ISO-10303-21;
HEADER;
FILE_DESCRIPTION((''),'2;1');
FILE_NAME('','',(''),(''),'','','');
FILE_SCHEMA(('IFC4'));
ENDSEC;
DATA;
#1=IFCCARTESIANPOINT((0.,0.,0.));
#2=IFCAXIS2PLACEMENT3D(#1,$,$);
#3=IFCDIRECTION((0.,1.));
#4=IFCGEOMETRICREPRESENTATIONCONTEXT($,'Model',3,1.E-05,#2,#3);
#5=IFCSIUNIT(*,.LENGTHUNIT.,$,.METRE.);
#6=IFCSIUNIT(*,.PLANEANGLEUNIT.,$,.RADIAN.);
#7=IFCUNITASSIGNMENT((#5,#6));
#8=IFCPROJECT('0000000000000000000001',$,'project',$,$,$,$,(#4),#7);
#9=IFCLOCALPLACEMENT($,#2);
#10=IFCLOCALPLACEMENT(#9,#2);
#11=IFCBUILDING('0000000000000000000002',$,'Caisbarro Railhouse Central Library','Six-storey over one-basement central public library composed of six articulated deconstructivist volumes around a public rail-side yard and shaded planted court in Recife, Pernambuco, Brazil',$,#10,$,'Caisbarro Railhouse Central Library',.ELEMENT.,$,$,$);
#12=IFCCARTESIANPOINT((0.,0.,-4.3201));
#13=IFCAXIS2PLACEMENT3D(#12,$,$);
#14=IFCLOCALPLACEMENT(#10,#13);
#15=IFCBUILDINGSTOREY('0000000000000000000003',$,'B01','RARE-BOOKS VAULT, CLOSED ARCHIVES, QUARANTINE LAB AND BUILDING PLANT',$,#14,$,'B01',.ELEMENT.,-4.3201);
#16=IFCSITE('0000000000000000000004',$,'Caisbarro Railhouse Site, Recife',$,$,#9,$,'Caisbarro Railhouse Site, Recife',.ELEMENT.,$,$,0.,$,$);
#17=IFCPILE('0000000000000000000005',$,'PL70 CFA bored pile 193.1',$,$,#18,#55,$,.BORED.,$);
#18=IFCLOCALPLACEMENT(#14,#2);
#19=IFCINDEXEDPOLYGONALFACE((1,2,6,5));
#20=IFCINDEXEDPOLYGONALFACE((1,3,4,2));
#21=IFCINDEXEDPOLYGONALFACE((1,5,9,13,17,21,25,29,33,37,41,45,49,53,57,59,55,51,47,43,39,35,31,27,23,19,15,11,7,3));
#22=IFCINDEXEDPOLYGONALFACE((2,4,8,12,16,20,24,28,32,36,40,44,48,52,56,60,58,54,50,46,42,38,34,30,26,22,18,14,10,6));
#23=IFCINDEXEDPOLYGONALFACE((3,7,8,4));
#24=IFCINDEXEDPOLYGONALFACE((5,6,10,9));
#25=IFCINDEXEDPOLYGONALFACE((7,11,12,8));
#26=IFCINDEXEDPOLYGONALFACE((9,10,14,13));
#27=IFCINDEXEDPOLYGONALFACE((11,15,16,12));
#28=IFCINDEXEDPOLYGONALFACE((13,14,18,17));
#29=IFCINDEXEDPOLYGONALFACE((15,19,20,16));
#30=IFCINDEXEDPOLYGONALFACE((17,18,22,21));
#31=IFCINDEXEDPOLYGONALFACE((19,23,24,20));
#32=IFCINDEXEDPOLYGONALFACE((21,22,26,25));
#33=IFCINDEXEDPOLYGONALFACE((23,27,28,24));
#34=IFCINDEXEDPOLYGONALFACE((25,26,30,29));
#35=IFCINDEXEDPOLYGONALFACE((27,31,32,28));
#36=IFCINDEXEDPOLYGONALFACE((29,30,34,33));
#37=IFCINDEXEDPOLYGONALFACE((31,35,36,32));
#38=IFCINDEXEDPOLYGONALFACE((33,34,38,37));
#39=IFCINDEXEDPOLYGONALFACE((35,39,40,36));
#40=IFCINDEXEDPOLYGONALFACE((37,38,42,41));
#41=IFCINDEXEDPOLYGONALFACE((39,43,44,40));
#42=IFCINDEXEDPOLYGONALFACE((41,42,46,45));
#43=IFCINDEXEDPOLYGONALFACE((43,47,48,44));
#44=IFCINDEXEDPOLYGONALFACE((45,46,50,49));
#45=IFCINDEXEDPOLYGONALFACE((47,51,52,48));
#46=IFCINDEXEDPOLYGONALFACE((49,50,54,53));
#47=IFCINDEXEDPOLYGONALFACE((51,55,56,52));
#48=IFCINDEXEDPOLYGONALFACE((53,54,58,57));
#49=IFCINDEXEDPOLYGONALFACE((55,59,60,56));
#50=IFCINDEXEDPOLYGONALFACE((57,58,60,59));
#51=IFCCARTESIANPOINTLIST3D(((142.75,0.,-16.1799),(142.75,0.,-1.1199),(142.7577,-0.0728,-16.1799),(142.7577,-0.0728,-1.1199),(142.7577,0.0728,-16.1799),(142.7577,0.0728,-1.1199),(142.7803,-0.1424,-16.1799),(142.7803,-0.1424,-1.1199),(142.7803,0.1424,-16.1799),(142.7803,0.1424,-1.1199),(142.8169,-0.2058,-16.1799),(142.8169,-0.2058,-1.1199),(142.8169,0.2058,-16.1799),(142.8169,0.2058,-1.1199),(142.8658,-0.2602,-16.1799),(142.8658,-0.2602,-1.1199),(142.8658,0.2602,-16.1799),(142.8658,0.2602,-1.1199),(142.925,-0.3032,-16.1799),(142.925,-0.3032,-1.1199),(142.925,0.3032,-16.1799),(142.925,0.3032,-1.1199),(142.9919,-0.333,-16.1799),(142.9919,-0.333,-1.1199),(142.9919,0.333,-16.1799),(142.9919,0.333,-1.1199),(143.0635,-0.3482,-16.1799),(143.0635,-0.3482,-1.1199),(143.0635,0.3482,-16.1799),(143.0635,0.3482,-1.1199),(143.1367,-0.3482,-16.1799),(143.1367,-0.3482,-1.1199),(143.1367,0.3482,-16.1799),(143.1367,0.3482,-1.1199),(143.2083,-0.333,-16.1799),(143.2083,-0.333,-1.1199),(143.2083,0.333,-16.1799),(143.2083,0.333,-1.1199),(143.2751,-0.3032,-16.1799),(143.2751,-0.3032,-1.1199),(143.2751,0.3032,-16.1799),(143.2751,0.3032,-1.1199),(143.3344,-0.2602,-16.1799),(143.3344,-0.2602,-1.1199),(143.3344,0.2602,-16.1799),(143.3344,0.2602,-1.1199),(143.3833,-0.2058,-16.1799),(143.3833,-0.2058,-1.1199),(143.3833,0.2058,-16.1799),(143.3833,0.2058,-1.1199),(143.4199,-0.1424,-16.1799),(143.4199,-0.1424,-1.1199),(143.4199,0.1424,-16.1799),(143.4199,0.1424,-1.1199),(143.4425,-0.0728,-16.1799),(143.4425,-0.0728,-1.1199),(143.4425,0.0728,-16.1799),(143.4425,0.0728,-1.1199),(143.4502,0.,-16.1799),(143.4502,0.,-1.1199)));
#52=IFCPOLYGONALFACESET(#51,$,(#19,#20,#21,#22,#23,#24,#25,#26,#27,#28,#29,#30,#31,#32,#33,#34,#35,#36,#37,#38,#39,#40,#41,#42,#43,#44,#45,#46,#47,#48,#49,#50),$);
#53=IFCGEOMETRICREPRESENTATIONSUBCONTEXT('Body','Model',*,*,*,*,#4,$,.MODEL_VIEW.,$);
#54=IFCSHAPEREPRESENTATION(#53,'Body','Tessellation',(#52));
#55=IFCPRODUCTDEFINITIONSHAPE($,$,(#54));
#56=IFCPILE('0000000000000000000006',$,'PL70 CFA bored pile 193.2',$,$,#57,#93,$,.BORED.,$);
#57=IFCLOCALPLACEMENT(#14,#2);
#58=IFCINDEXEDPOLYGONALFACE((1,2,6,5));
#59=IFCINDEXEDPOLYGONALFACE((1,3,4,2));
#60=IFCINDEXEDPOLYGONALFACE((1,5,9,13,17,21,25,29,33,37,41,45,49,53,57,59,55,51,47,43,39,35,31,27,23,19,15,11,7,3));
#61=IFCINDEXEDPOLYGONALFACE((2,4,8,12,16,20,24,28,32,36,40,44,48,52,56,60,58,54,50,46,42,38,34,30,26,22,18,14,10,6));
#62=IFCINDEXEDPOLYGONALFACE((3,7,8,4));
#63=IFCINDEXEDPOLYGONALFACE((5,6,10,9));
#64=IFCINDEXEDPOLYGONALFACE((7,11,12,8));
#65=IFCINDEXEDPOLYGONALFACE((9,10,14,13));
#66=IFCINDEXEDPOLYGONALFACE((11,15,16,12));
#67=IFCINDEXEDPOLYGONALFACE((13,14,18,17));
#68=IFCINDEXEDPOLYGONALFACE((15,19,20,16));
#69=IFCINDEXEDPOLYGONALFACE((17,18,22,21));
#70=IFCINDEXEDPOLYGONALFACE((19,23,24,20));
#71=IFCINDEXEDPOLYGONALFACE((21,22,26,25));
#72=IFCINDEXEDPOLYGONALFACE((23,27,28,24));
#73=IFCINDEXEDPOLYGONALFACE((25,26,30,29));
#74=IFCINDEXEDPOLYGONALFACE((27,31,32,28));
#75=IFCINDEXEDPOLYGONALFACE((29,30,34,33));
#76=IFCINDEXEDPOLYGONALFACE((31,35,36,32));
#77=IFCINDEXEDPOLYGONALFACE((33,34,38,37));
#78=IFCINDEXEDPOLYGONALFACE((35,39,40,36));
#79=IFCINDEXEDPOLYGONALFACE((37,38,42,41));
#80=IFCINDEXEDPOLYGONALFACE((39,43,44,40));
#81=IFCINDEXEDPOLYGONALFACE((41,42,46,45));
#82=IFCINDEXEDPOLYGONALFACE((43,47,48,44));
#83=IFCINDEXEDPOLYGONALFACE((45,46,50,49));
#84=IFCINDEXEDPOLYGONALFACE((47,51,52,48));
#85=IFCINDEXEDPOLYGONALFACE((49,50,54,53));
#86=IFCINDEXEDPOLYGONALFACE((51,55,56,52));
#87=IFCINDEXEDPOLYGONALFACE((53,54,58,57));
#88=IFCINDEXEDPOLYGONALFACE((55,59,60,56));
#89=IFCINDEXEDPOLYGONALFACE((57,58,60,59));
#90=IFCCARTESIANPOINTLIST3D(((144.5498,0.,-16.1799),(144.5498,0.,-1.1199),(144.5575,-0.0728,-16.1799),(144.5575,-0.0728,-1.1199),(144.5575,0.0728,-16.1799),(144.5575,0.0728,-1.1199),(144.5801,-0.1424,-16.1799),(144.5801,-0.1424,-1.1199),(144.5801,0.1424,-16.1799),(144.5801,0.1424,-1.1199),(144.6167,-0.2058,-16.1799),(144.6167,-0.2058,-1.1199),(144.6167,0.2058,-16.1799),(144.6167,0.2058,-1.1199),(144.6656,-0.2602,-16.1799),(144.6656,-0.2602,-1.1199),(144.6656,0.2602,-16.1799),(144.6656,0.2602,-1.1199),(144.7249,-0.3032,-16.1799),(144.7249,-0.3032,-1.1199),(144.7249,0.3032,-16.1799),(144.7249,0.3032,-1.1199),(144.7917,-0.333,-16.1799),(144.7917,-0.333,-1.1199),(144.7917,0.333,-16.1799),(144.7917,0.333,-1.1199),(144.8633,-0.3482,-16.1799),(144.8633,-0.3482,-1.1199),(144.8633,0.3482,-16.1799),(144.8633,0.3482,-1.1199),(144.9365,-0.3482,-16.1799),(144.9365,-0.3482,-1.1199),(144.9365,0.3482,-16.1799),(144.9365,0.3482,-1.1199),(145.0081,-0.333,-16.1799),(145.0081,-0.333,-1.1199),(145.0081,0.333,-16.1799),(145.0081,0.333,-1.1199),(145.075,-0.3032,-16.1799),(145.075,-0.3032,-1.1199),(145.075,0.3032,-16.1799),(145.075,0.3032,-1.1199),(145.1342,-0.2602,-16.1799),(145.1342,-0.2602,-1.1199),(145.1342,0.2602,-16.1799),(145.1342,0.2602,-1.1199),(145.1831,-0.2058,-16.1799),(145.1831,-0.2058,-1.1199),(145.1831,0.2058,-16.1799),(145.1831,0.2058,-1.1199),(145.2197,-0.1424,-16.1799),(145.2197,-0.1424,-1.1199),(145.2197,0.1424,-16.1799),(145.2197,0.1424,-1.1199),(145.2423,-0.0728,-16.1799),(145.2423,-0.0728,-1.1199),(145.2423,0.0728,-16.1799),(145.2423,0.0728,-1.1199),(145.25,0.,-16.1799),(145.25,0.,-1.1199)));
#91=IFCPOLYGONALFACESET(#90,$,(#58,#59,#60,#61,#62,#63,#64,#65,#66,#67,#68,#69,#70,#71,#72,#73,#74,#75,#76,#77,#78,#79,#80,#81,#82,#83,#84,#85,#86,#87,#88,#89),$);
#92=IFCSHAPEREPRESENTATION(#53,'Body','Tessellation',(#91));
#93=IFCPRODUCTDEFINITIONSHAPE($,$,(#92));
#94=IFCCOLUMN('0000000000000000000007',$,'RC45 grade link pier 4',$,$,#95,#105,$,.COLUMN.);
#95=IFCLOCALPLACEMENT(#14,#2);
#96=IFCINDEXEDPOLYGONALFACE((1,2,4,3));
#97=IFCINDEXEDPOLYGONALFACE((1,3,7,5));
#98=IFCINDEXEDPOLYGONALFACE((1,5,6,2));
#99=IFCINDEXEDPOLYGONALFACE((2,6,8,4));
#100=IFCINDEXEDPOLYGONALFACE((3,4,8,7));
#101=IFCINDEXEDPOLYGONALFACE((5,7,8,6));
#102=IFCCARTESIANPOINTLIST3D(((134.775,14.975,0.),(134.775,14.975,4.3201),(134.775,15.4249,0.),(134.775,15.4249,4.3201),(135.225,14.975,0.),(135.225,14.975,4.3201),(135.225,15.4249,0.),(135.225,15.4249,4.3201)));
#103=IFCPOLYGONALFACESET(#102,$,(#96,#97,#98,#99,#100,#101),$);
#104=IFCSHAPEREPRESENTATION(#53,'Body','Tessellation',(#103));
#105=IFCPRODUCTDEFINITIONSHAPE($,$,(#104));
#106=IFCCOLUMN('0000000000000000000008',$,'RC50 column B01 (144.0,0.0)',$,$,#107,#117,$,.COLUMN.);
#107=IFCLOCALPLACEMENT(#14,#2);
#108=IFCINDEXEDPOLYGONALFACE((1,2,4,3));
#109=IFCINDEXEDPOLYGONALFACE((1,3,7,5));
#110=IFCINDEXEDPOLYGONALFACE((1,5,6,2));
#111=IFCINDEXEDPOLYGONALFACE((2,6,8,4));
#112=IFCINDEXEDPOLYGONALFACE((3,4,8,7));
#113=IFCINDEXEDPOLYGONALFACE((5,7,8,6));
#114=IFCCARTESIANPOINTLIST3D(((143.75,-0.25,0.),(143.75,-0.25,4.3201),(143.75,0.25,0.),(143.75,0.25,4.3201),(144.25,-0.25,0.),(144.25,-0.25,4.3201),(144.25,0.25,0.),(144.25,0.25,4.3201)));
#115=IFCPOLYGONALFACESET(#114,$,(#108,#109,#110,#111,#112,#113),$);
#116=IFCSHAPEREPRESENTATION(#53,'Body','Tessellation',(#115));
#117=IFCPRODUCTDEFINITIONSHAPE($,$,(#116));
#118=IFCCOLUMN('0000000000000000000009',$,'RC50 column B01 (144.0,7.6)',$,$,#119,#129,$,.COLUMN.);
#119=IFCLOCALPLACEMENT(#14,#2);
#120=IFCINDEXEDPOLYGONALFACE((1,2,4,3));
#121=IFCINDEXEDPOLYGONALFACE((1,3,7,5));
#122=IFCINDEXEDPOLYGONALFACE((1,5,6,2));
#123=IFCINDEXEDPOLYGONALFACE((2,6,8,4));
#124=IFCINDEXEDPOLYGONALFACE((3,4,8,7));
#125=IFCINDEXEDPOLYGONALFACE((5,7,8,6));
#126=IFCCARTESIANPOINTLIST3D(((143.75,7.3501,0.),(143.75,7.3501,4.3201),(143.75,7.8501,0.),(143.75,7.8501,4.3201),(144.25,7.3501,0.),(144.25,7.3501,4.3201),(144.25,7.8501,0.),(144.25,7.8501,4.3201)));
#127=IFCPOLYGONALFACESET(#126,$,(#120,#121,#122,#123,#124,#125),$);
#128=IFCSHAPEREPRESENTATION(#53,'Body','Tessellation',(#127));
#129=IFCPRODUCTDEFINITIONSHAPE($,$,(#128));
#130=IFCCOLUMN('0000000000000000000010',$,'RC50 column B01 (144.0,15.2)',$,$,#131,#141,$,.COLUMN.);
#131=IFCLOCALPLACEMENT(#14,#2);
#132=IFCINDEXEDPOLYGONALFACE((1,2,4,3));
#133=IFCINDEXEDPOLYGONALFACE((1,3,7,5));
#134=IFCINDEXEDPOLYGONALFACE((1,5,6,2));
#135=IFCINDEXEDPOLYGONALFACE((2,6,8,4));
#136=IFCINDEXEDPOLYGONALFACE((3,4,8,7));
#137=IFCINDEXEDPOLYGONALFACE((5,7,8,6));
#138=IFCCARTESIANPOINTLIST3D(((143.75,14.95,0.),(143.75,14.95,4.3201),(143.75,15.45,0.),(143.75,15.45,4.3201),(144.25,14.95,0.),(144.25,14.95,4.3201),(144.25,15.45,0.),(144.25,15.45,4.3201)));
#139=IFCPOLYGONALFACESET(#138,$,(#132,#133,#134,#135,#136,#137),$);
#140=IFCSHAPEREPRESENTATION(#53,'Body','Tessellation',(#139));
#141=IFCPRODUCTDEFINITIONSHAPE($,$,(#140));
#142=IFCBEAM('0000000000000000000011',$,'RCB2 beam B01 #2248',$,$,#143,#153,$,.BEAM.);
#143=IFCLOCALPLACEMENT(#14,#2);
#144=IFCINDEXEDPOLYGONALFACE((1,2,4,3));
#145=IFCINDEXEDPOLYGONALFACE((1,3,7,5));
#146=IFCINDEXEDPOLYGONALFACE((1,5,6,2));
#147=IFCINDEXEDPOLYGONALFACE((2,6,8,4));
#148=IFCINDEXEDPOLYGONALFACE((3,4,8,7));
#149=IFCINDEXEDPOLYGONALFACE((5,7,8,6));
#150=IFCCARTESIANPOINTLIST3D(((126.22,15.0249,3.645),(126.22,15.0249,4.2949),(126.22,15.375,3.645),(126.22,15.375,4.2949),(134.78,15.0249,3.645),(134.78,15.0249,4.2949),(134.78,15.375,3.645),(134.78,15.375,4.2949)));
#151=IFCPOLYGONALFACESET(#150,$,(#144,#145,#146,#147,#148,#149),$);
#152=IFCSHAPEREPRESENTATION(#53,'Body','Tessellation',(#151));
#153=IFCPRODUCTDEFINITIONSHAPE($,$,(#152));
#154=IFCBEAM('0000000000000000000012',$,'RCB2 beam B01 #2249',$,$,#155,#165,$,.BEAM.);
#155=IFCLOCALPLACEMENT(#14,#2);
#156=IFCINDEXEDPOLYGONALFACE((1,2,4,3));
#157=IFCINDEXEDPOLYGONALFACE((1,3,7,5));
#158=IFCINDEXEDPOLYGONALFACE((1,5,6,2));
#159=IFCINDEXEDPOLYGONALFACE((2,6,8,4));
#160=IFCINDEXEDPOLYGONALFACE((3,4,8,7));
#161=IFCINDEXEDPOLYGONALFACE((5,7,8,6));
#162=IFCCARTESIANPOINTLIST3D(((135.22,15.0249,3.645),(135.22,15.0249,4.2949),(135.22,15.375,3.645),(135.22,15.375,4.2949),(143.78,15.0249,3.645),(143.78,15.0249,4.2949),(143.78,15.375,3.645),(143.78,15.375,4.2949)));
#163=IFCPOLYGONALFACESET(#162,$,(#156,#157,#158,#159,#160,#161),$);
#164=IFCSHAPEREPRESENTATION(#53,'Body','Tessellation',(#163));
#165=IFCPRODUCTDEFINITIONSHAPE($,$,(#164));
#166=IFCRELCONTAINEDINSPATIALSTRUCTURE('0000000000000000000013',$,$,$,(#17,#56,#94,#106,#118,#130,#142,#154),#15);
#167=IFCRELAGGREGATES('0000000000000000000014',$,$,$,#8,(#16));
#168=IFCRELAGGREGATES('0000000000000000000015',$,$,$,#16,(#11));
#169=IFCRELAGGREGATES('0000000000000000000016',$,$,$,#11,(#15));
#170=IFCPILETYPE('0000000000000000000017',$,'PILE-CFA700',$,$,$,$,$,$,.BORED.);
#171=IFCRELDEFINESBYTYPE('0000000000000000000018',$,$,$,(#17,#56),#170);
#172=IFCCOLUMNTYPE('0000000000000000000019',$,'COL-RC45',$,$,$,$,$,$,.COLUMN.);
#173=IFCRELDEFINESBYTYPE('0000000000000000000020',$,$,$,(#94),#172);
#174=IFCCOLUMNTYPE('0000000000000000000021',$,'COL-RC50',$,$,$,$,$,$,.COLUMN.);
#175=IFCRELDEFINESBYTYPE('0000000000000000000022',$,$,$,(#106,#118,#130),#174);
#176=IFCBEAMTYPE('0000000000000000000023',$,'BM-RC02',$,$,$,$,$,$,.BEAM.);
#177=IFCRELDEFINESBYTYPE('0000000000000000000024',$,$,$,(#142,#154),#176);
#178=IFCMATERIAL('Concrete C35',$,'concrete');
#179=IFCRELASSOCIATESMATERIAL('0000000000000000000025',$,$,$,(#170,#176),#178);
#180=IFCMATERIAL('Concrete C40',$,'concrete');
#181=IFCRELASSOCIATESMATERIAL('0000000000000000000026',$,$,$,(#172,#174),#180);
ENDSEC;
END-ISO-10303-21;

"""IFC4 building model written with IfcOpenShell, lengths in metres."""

from ifc_helpers import new_model, si_unit, direction, frame, origin, origin_2d, place, context, subcontext, project, spatial, rectangle, circle, extrude, material, material_profile, profile_set, type_object, element, save


model = new_model("IFC4")

# Units and contexts
model_context = context("Model", 3, precision=1e-05, world=origin(), true_north=direction((0.0, 1.0)))
body_context = subcontext(model_context, "Body", "Model", "MODEL_VIEW")
ifc_project = project(units=[si_unit("LENGTHUNIT", "METRE"), si_unit("PLANEANGLEUNIT", "RADIAN")], contexts=[model_context])

# Site, building, storey
site_placement = place(None, origin())
site = spatial("IfcSite", under=ifc_project, at=site_placement, Name="Caisbarro Railhouse Site, Recife", LongName="Caisbarro Railhouse Site, Recife", CompositionType="ELEMENT", RefElevation=0.0)
building_placement = place(site_placement, origin())
building = spatial("IfcBuilding", under=site, at=building_placement, Name="Caisbarro Railhouse Central Library", Description="Six-storey over one-basement central public library composed of six articulated deconstructivist volumes around a public rail-side yard and shaded planted court in Recife, Pernambuco, Brazil", LongName="Caisbarro Railhouse Central Library", CompositionType="ELEMENT")
storey_placement = place(building_placement, frame((0.0, 0.0, -4.3201)))
storey = spatial("IfcBuildingStorey", under=building, at=storey_placement, Name="B01", Description="RARE-BOOKS VAULT, CLOSED ARCHIVES, QUARANTINE LAB AND BUILDING PLANT", LongName="B01", CompositionType="ELEMENT", Elevation=-4.3201)

# Shared definitions
ifc_material_1 = material(Name="Concrete C35", Category="concrete")
ifc_material_2 = material(Name="Concrete C40", Category="concrete")

# Piles
ifc_material_profile_1 = material_profile(ifc_material_1, circle(Radius=0.3501, at=origin_2d()), Name="PILE-CFA-700")
ifc_profile_set_1 = profile_set([ifc_material_profile_1], Name="Concrete C35")
pile_type_1 = type_object("IfcPileType", Name="PILE-CFA700", PredefinedType="BORED", material=ifc_profile_set_1)
for number, where, z_axis, x_axis, name in (
    (1, (143.1001, 0.0, -1.1199), (0.0, 0.0, -1.0), (1.0, 0.0, 0.0), "PL70 CFA bored pile 193.1"),
    (2, (144.8999, 0.0, -1.1199), (0.0, 0.0, -1.0), (1.0, 0.0, 0.0), "PL70 CFA bored pile 193.2"),
):
    element("IfcPile", number, at=place(storey_placement, frame(where, z_axis=z_axis, x_axis=x_axis)), inside=storey, type_object=pile_type_1, Name=name, PredefinedType="BORED", context=body_context, shape_type="SweptSolid", body=[
        extrude(circle(Radius=0.3501, at=origin_2d()), origin(), (0.0, 0.0, 1.0), 15.0601),
    ])

# Columns
ifc_material_profile_2 = material_profile(ifc_material_2, rectangle(XDim=0.45, YDim=0.45, at=origin_2d()), Name="RC-COL-450X450")
ifc_profile_set_2 = profile_set([ifc_material_profile_2], Name="Concrete C40")
column_type_1 = type_object("IfcColumnType", Name="COL-RC45", PredefinedType="COLUMN", material=ifc_profile_set_2)
column_placement = place(storey_placement, frame((135.0, 15.2, 0.0), z_axis=(0.0, 0.0, 1.0), x_axis=(1.0, 0.0, 0.0)))
element("IfcColumn", 3, at=column_placement, inside=storey, type_object=column_type_1, Name="RC45 grade link pier 4", PredefinedType="COLUMN", context=body_context, shape_type="SweptSolid", body=[
    extrude(rectangle(XDim=0.45, YDim=0.45, at=origin_2d()), origin(), (0.0, 0.0, 1.0), 4.3201),
])
ifc_material_profile_3 = material_profile(ifc_material_2, rectangle(XDim=0.5, YDim=0.5, at=origin_2d()), Name="RC-COL-500X500")
ifc_profile_set_3 = profile_set([ifc_material_profile_3], Name="Concrete C40")
column_type_2 = type_object("IfcColumnType", Name="COL-RC50", PredefinedType="COLUMN", material=ifc_profile_set_3)
for number, where, z_axis, x_axis, name in (
    (4, (144.0, 0.0, 0.0), (0.0, 0.0, 1.0), (1.0, 0.0, 0.0), "RC50 column B01 (144.0,0.0)"),
    (5, (144.0, 7.6001, 0.0), (0.0, 0.0, 1.0), (1.0, 0.0, 0.0), "RC50 column B01 (144.0,7.6)"),
    (6, (144.0, 15.2, 0.0), (0.0, 0.0, 1.0), (1.0, 0.0, 0.0), "RC50 column B01 (144.0,15.2)"),
):
    element("IfcColumn", number, at=place(storey_placement, frame(where, z_axis=z_axis, x_axis=x_axis)), inside=storey, type_object=column_type_2, Name=name, PredefinedType="COLUMN", context=body_context, shape_type="SweptSolid", body=[
        extrude(rectangle(XDim=0.5, YDim=0.5, at=origin_2d()), origin(), (0.0, 0.0, 1.0), 4.3201),
    ])

# Beams
ifc_material_profile_4 = material_profile(ifc_material_1, rectangle(XDim=0.3501, YDim=0.6499, at=origin_2d()), Name="RC-BM-350X650")
ifc_profile_set_4 = profile_set([ifc_material_profile_4], Name="Concrete C35")
beam_type = type_object("IfcBeamType", Name="BM-RC02", PredefinedType="BEAM", material=ifc_profile_set_4)
for number, where, z_axis, x_axis, name in (
    (7, (126.22, 15.2, 3.97), (1.0, 0.0, 0.0), (0.0, 1.0, 0.0), "RCB2 beam B01 #2248"),
    (8, (135.22, 15.2, 3.97), (1.0, 0.0, 0.0), (0.0, 1.0, 0.0), "RCB2 beam B01 #2249"),
):
    element("IfcBeam", number, at=place(storey_placement, frame(where, z_axis=z_axis, x_axis=x_axis)), inside=storey, type_object=beam_type, Name=name, PredefinedType="BEAM", context=body_context, shape_type="SweptSolid", body=[
        extrude(rectangle(XDim=0.3501, YDim=0.6499, at=origin_2d()), origin(), (0.0, 0.0, 1.0), 8.5601),
    ])

save(model, "model.ifc")
